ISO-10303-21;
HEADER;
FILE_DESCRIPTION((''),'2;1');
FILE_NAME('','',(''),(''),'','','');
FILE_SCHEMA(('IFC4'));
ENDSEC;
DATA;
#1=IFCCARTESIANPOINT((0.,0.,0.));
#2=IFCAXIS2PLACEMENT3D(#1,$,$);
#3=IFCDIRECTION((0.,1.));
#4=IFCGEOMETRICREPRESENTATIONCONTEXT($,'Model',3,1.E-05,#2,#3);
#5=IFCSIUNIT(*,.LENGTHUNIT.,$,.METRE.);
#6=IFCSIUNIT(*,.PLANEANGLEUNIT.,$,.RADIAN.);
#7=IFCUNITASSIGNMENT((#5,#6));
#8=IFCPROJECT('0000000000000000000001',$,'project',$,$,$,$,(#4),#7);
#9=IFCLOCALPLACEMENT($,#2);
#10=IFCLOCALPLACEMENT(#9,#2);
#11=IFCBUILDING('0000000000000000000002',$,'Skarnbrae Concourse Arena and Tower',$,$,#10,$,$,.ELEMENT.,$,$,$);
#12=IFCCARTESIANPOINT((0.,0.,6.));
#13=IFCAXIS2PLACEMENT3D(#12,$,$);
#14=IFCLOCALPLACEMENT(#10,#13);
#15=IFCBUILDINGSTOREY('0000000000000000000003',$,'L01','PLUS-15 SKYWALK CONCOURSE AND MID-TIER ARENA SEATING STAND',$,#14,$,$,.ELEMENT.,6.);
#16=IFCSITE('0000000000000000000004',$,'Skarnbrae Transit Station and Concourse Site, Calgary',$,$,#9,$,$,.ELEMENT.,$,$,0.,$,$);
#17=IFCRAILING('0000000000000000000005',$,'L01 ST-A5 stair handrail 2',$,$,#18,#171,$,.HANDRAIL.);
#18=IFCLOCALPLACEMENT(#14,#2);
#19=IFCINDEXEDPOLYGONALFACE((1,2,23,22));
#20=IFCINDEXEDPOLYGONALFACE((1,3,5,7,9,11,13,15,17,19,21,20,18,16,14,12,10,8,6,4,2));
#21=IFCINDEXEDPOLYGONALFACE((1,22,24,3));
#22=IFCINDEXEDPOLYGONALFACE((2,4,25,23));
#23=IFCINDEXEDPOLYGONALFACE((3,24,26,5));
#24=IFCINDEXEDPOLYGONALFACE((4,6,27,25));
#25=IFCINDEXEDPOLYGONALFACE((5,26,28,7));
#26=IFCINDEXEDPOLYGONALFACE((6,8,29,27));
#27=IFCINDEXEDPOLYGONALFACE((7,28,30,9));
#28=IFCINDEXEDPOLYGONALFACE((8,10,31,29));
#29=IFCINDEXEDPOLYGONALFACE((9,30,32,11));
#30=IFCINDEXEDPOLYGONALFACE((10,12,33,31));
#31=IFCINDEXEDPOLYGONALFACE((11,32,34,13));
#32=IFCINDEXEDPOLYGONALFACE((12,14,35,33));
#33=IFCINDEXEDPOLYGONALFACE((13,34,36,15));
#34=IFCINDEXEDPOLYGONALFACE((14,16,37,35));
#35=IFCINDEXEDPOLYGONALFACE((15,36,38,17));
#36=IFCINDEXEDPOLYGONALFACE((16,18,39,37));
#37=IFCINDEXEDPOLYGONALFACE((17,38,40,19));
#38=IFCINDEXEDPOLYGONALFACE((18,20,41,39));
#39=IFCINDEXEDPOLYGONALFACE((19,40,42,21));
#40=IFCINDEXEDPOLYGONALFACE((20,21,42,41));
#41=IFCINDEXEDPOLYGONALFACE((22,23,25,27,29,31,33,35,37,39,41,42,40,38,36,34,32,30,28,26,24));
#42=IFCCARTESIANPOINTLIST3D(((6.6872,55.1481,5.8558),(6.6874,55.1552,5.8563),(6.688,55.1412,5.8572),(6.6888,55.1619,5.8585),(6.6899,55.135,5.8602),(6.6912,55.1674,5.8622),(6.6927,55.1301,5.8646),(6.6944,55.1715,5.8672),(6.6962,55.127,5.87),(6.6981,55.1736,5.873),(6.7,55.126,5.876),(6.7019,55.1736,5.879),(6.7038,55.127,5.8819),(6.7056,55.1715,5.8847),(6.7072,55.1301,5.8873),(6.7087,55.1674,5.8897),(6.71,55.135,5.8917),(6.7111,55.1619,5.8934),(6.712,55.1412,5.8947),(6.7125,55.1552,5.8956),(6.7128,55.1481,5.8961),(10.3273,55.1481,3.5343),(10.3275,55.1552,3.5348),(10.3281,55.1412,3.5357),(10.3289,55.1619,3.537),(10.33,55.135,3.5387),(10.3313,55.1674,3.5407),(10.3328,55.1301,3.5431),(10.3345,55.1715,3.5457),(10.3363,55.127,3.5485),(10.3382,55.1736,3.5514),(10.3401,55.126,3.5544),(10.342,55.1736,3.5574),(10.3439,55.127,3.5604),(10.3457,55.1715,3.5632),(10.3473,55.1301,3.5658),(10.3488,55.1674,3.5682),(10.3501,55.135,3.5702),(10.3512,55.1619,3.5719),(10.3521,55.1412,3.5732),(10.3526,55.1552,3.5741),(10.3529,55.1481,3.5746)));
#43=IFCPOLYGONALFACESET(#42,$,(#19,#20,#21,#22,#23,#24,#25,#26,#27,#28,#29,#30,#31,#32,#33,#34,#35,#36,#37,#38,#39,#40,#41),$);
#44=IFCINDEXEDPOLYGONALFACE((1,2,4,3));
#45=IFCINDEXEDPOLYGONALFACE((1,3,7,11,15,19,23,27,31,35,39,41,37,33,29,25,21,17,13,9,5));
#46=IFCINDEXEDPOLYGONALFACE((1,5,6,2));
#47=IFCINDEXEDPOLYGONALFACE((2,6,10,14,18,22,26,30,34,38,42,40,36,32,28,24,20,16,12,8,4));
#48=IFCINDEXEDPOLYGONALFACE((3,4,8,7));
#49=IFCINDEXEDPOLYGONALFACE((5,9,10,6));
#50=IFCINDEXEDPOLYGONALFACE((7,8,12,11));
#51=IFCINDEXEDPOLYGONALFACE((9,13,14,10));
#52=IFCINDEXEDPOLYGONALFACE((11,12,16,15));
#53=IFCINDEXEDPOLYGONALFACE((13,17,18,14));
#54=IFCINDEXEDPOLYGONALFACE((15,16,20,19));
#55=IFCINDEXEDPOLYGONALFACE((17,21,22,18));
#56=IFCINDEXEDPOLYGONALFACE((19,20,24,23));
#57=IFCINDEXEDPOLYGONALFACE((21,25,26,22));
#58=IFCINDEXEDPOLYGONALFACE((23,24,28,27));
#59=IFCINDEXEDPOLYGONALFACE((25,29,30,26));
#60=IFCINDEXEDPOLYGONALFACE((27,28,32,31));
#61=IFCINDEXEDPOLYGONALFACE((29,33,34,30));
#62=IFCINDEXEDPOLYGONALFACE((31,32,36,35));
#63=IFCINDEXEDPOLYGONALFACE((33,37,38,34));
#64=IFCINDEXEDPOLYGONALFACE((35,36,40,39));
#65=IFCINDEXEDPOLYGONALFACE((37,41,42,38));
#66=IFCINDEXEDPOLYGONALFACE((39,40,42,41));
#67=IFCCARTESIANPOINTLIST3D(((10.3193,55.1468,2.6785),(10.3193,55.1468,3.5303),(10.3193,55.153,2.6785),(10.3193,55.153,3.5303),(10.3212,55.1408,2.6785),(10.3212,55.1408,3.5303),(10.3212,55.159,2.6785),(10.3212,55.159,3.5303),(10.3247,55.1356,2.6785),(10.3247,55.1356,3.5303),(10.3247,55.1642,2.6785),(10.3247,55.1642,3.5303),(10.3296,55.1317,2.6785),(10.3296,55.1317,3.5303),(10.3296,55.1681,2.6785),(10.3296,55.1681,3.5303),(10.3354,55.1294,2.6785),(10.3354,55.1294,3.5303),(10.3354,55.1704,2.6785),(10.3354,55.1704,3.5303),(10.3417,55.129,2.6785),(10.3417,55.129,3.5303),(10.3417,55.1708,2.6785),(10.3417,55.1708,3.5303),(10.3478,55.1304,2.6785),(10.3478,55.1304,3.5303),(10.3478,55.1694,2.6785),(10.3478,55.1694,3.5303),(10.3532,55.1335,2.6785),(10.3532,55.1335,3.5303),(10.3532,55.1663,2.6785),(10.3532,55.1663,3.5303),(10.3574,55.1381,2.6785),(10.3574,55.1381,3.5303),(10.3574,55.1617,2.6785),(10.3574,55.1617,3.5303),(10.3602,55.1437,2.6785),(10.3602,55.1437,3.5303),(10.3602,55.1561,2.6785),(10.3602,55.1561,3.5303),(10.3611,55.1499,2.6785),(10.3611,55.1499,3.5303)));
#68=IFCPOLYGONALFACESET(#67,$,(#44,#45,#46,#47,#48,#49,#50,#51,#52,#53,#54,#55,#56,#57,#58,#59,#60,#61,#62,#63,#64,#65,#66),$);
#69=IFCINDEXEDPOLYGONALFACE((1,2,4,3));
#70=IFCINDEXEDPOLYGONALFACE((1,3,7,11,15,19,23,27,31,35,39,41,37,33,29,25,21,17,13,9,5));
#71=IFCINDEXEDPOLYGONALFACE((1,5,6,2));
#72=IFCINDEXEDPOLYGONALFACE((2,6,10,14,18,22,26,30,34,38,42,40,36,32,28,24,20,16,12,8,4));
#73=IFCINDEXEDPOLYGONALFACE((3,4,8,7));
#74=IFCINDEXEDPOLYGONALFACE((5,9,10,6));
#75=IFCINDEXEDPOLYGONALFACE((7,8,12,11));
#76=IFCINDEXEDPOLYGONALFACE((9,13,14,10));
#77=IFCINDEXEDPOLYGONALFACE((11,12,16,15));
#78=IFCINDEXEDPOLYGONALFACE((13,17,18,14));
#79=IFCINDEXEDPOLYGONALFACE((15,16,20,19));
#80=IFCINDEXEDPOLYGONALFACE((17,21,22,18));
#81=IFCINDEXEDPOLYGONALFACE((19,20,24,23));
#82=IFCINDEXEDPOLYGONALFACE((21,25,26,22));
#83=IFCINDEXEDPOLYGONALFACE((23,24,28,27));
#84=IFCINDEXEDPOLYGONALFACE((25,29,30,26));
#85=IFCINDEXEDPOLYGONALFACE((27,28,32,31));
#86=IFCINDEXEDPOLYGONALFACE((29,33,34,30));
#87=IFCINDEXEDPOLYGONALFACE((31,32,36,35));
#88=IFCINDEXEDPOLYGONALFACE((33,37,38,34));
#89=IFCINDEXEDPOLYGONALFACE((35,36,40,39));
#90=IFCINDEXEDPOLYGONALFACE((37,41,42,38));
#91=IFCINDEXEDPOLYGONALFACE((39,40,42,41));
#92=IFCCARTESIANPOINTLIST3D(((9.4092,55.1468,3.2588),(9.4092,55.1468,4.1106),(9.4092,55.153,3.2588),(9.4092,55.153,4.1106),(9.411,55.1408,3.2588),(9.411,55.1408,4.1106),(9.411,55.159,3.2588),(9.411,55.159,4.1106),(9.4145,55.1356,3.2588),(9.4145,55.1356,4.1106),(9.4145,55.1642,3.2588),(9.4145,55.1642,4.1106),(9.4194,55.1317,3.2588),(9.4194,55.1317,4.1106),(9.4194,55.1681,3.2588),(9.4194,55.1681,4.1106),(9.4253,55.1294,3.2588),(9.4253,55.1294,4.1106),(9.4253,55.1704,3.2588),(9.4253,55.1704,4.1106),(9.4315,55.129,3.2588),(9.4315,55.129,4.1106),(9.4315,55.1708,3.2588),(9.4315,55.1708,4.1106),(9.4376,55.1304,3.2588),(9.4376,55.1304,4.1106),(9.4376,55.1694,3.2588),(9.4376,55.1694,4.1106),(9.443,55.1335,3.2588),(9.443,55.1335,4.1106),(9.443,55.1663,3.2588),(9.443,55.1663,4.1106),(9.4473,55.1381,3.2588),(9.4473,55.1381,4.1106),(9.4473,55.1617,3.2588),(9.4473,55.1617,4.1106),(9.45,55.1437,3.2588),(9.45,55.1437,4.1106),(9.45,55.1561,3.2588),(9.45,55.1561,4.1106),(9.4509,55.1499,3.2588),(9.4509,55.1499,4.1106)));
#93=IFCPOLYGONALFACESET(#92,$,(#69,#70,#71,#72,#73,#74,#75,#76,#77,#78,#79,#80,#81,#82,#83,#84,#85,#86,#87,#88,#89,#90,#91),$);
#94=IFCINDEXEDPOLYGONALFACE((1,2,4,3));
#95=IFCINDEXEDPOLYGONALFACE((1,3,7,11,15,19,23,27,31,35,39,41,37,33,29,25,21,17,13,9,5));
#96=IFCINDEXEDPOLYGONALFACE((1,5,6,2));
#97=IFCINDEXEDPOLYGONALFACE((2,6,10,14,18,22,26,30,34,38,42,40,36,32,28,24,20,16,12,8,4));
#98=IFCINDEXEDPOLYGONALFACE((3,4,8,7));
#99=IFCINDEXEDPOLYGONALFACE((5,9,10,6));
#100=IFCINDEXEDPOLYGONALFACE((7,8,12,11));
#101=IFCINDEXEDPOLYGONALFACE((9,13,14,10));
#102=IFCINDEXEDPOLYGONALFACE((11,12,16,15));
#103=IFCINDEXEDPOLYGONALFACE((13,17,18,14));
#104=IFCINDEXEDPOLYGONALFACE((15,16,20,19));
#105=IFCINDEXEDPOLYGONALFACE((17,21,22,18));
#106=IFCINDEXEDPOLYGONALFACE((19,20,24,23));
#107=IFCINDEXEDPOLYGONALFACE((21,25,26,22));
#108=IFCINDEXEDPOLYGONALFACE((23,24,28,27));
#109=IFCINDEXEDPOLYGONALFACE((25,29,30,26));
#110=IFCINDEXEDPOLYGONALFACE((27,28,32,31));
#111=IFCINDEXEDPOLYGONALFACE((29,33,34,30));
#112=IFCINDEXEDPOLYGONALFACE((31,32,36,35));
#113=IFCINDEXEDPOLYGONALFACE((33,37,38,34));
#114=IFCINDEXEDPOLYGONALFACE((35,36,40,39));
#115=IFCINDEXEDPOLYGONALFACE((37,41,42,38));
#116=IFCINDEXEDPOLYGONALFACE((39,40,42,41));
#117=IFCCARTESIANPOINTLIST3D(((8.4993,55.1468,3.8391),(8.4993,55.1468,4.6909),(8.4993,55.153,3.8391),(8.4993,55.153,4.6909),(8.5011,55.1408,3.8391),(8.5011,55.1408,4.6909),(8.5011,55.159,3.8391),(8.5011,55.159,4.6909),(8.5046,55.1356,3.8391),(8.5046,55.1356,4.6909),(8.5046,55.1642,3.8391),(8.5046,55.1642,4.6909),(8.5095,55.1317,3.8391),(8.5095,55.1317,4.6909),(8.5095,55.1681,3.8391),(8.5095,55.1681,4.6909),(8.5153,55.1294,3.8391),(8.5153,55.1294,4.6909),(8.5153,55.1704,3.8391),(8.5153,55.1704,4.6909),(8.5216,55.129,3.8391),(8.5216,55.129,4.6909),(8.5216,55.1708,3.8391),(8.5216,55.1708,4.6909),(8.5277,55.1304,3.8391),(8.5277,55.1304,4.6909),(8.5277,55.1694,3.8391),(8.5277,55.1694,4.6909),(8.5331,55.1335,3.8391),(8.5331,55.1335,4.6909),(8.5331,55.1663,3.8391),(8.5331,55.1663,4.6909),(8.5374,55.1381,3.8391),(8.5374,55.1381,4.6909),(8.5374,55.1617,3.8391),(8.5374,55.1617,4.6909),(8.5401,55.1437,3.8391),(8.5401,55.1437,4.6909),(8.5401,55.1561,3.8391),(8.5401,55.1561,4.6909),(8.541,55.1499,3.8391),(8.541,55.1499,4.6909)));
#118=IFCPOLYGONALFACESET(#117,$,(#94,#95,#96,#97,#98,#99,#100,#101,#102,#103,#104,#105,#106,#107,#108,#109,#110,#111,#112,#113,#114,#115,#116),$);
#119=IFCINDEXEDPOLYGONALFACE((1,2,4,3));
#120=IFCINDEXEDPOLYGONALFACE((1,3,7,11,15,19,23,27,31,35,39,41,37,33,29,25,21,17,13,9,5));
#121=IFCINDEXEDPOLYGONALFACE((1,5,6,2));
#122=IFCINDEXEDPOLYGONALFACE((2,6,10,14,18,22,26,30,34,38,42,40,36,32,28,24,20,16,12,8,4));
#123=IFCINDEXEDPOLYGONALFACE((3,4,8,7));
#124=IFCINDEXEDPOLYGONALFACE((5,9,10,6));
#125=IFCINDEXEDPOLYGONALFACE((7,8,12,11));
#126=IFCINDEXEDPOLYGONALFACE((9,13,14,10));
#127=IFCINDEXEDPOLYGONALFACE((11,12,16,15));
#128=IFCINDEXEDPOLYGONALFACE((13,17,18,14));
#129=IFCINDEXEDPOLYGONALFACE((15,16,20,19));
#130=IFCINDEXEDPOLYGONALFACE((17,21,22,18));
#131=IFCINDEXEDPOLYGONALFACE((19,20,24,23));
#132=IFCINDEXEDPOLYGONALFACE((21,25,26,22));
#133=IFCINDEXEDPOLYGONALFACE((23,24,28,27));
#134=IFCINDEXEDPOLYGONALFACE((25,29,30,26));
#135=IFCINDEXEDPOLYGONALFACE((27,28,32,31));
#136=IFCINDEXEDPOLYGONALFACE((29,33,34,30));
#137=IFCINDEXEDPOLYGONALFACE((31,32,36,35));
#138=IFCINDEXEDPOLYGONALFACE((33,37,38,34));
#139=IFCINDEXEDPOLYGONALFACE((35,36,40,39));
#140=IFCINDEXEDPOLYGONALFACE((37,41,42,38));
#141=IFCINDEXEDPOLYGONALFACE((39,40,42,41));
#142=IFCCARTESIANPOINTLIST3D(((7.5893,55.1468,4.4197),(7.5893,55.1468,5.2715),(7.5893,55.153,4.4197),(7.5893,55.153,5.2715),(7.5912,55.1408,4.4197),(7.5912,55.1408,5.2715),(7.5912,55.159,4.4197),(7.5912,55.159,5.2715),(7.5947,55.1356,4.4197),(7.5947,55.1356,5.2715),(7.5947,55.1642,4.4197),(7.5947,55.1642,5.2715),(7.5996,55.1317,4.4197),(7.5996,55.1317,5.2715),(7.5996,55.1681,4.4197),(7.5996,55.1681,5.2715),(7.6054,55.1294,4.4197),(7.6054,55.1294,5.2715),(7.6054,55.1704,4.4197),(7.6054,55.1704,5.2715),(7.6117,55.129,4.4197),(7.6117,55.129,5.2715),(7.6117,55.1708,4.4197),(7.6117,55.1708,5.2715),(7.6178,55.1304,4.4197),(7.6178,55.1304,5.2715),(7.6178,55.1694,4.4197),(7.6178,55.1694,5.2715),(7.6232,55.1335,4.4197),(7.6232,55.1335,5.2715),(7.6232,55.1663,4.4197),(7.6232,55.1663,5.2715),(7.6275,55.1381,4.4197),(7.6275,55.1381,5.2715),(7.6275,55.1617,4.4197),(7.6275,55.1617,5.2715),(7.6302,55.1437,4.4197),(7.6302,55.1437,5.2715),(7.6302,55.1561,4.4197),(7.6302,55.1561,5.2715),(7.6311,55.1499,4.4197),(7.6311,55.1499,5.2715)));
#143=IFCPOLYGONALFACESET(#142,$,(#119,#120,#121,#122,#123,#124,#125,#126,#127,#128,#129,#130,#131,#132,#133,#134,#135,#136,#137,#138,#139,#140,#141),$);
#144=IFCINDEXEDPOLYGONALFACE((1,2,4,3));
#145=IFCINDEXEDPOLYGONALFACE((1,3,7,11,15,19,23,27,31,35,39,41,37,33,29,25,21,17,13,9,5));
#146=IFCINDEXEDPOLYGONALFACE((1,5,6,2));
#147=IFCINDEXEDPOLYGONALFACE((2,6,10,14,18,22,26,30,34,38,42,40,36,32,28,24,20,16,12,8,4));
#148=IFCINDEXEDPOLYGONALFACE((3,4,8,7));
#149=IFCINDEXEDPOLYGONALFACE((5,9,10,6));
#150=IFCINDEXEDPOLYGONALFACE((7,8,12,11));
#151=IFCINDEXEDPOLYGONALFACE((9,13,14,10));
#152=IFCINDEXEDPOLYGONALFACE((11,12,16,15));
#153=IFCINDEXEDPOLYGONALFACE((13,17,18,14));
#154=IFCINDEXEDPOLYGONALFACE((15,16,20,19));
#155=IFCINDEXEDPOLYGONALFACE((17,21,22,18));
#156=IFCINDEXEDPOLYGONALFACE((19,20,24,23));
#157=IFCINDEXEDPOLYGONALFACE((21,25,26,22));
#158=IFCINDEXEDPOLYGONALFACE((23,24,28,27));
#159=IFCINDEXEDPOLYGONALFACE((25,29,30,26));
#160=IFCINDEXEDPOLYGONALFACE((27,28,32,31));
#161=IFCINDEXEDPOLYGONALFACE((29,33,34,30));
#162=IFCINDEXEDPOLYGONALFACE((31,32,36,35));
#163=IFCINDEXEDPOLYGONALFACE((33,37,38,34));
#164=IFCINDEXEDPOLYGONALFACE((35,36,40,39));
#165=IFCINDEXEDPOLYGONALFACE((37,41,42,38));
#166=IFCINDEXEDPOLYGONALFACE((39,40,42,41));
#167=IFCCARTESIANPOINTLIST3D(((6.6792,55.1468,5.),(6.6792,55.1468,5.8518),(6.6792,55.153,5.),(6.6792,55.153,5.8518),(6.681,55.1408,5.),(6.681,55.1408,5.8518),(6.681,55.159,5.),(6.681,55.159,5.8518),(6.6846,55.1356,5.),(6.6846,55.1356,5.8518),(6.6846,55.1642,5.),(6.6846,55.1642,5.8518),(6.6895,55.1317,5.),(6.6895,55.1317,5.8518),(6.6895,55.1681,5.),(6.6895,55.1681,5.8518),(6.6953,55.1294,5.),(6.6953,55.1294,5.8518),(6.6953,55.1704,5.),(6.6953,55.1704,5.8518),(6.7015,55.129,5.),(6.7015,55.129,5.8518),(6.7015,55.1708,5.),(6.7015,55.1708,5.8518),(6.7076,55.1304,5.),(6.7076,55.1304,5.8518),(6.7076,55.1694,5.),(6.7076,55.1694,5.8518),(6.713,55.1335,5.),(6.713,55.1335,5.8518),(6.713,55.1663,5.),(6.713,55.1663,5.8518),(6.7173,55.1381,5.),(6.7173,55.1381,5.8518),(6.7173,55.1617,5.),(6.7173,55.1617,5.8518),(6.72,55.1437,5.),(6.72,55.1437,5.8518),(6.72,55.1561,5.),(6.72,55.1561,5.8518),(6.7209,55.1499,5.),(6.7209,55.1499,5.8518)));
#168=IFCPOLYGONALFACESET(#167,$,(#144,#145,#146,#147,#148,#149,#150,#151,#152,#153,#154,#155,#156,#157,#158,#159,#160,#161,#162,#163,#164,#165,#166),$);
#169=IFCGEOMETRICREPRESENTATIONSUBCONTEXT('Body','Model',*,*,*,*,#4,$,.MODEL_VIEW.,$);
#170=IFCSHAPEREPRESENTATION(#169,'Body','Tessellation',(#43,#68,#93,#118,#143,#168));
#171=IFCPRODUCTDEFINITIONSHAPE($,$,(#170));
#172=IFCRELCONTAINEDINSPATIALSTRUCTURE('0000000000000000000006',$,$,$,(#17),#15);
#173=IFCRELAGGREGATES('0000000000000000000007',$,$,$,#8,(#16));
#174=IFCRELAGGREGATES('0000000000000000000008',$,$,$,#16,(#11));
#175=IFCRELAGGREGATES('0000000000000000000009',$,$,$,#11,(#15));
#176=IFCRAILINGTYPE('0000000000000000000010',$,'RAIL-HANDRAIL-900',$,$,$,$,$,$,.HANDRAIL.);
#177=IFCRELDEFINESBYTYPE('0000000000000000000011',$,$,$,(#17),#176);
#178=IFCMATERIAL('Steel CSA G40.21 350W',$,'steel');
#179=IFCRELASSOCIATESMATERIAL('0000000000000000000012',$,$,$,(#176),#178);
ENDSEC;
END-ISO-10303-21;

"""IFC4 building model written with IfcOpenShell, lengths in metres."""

from ifc_helpers import new_model, si_unit, direction, frame, origin, origin_2d, place, context, subcontext, project, spatial, circle, extrude, material, type_object, element, save


model = new_model("IFC4")

# Units and contexts
model_context = context("Model", 3, precision=1e-05, world=origin(), true_north=direction((0.0, 1.0)))
body_context = subcontext(model_context, "Body", "Model", "MODEL_VIEW")
ifc_project = project(units=[si_unit("LENGTHUNIT", "METRE"), si_unit("PLANEANGLEUNIT", "RADIAN")], contexts=[model_context])

# Site, building, storey
site_placement = place(None, origin())
site = spatial("IfcSite", under=ifc_project, at=site_placement, Name="Skarnbrae Transit Station and Concourse Site, Calgary", CompositionType="ELEMENT", RefElevation=0.0)
building_placement = place(site_placement, origin())
building = spatial("IfcBuilding", under=site, at=building_placement, Name="Skarnbrae Concourse Arena and Tower", CompositionType="ELEMENT")
storey_placement = place(building_placement, frame((0.0, 0.0, 6.0)))
storey = spatial("IfcBuildingStorey", under=building, at=storey_placement, Name="L01", Description="PLUS-15 SKYWALK CONCOURSE AND MID-TIER ARENA SEATING STAND", CompositionType="ELEMENT", Elevation=6.0)

# Shared definitions
ifc_material_1 = material(Name="Steel CSA G40.21 350W", Category="steel")

# Railing
railing_type_1 = type_object("IfcRailingType", Name="RAIL-HANDRAIL-900", PredefinedType="HANDRAIL", material=ifc_material_1)
railing_1_placement = place(storey_placement, frame((10.3401, 55.1499, 2.6785)))
element("IfcRailing", 1, at=railing_1_placement, inside=storey, type_object=railing_type_1, Name="L01 ST-A5 stair handrail 2", PredefinedType="HANDRAIL", context=body_context, shape_type="SweptSolid", body=[
    extrude(circle(Radius=0.0239, at=origin_2d()), frame((0.0, 0.0, 0.876), z_axis=(-0.843128, 0.0, 0.537713), x_axis=(0.0, -1.0, 0.0)), (0.0, 0.0, 1.0), 4.3174),
    extrude(circle(Radius=0.021, at=origin_2d()), origin(), (0.0, 0.0, 1.0), 0.8518),
    extrude(circle(Radius=0.021, at=origin_2d()), frame((-0.9102, 0.0, 0.5803)), (0.0, 0.0, 1.0), 0.8518),
    extrude(circle(Radius=0.021, at=origin_2d()), frame((-1.8201, 0.0, 1.1606)), (0.0, 0.0, 1.0), 0.8518),
    extrude(circle(Radius=0.021, at=origin_2d()), frame((-2.73, 0.0, 1.7412)), (0.0, 0.0, 1.0), 0.8518),
    extrude(circle(Radius=0.021, at=origin_2d()), frame((-3.6401, 0.0, 2.3215)), (0.0, 0.0, 1.0), 0.8518),
])

save(model, "model.ifc")
